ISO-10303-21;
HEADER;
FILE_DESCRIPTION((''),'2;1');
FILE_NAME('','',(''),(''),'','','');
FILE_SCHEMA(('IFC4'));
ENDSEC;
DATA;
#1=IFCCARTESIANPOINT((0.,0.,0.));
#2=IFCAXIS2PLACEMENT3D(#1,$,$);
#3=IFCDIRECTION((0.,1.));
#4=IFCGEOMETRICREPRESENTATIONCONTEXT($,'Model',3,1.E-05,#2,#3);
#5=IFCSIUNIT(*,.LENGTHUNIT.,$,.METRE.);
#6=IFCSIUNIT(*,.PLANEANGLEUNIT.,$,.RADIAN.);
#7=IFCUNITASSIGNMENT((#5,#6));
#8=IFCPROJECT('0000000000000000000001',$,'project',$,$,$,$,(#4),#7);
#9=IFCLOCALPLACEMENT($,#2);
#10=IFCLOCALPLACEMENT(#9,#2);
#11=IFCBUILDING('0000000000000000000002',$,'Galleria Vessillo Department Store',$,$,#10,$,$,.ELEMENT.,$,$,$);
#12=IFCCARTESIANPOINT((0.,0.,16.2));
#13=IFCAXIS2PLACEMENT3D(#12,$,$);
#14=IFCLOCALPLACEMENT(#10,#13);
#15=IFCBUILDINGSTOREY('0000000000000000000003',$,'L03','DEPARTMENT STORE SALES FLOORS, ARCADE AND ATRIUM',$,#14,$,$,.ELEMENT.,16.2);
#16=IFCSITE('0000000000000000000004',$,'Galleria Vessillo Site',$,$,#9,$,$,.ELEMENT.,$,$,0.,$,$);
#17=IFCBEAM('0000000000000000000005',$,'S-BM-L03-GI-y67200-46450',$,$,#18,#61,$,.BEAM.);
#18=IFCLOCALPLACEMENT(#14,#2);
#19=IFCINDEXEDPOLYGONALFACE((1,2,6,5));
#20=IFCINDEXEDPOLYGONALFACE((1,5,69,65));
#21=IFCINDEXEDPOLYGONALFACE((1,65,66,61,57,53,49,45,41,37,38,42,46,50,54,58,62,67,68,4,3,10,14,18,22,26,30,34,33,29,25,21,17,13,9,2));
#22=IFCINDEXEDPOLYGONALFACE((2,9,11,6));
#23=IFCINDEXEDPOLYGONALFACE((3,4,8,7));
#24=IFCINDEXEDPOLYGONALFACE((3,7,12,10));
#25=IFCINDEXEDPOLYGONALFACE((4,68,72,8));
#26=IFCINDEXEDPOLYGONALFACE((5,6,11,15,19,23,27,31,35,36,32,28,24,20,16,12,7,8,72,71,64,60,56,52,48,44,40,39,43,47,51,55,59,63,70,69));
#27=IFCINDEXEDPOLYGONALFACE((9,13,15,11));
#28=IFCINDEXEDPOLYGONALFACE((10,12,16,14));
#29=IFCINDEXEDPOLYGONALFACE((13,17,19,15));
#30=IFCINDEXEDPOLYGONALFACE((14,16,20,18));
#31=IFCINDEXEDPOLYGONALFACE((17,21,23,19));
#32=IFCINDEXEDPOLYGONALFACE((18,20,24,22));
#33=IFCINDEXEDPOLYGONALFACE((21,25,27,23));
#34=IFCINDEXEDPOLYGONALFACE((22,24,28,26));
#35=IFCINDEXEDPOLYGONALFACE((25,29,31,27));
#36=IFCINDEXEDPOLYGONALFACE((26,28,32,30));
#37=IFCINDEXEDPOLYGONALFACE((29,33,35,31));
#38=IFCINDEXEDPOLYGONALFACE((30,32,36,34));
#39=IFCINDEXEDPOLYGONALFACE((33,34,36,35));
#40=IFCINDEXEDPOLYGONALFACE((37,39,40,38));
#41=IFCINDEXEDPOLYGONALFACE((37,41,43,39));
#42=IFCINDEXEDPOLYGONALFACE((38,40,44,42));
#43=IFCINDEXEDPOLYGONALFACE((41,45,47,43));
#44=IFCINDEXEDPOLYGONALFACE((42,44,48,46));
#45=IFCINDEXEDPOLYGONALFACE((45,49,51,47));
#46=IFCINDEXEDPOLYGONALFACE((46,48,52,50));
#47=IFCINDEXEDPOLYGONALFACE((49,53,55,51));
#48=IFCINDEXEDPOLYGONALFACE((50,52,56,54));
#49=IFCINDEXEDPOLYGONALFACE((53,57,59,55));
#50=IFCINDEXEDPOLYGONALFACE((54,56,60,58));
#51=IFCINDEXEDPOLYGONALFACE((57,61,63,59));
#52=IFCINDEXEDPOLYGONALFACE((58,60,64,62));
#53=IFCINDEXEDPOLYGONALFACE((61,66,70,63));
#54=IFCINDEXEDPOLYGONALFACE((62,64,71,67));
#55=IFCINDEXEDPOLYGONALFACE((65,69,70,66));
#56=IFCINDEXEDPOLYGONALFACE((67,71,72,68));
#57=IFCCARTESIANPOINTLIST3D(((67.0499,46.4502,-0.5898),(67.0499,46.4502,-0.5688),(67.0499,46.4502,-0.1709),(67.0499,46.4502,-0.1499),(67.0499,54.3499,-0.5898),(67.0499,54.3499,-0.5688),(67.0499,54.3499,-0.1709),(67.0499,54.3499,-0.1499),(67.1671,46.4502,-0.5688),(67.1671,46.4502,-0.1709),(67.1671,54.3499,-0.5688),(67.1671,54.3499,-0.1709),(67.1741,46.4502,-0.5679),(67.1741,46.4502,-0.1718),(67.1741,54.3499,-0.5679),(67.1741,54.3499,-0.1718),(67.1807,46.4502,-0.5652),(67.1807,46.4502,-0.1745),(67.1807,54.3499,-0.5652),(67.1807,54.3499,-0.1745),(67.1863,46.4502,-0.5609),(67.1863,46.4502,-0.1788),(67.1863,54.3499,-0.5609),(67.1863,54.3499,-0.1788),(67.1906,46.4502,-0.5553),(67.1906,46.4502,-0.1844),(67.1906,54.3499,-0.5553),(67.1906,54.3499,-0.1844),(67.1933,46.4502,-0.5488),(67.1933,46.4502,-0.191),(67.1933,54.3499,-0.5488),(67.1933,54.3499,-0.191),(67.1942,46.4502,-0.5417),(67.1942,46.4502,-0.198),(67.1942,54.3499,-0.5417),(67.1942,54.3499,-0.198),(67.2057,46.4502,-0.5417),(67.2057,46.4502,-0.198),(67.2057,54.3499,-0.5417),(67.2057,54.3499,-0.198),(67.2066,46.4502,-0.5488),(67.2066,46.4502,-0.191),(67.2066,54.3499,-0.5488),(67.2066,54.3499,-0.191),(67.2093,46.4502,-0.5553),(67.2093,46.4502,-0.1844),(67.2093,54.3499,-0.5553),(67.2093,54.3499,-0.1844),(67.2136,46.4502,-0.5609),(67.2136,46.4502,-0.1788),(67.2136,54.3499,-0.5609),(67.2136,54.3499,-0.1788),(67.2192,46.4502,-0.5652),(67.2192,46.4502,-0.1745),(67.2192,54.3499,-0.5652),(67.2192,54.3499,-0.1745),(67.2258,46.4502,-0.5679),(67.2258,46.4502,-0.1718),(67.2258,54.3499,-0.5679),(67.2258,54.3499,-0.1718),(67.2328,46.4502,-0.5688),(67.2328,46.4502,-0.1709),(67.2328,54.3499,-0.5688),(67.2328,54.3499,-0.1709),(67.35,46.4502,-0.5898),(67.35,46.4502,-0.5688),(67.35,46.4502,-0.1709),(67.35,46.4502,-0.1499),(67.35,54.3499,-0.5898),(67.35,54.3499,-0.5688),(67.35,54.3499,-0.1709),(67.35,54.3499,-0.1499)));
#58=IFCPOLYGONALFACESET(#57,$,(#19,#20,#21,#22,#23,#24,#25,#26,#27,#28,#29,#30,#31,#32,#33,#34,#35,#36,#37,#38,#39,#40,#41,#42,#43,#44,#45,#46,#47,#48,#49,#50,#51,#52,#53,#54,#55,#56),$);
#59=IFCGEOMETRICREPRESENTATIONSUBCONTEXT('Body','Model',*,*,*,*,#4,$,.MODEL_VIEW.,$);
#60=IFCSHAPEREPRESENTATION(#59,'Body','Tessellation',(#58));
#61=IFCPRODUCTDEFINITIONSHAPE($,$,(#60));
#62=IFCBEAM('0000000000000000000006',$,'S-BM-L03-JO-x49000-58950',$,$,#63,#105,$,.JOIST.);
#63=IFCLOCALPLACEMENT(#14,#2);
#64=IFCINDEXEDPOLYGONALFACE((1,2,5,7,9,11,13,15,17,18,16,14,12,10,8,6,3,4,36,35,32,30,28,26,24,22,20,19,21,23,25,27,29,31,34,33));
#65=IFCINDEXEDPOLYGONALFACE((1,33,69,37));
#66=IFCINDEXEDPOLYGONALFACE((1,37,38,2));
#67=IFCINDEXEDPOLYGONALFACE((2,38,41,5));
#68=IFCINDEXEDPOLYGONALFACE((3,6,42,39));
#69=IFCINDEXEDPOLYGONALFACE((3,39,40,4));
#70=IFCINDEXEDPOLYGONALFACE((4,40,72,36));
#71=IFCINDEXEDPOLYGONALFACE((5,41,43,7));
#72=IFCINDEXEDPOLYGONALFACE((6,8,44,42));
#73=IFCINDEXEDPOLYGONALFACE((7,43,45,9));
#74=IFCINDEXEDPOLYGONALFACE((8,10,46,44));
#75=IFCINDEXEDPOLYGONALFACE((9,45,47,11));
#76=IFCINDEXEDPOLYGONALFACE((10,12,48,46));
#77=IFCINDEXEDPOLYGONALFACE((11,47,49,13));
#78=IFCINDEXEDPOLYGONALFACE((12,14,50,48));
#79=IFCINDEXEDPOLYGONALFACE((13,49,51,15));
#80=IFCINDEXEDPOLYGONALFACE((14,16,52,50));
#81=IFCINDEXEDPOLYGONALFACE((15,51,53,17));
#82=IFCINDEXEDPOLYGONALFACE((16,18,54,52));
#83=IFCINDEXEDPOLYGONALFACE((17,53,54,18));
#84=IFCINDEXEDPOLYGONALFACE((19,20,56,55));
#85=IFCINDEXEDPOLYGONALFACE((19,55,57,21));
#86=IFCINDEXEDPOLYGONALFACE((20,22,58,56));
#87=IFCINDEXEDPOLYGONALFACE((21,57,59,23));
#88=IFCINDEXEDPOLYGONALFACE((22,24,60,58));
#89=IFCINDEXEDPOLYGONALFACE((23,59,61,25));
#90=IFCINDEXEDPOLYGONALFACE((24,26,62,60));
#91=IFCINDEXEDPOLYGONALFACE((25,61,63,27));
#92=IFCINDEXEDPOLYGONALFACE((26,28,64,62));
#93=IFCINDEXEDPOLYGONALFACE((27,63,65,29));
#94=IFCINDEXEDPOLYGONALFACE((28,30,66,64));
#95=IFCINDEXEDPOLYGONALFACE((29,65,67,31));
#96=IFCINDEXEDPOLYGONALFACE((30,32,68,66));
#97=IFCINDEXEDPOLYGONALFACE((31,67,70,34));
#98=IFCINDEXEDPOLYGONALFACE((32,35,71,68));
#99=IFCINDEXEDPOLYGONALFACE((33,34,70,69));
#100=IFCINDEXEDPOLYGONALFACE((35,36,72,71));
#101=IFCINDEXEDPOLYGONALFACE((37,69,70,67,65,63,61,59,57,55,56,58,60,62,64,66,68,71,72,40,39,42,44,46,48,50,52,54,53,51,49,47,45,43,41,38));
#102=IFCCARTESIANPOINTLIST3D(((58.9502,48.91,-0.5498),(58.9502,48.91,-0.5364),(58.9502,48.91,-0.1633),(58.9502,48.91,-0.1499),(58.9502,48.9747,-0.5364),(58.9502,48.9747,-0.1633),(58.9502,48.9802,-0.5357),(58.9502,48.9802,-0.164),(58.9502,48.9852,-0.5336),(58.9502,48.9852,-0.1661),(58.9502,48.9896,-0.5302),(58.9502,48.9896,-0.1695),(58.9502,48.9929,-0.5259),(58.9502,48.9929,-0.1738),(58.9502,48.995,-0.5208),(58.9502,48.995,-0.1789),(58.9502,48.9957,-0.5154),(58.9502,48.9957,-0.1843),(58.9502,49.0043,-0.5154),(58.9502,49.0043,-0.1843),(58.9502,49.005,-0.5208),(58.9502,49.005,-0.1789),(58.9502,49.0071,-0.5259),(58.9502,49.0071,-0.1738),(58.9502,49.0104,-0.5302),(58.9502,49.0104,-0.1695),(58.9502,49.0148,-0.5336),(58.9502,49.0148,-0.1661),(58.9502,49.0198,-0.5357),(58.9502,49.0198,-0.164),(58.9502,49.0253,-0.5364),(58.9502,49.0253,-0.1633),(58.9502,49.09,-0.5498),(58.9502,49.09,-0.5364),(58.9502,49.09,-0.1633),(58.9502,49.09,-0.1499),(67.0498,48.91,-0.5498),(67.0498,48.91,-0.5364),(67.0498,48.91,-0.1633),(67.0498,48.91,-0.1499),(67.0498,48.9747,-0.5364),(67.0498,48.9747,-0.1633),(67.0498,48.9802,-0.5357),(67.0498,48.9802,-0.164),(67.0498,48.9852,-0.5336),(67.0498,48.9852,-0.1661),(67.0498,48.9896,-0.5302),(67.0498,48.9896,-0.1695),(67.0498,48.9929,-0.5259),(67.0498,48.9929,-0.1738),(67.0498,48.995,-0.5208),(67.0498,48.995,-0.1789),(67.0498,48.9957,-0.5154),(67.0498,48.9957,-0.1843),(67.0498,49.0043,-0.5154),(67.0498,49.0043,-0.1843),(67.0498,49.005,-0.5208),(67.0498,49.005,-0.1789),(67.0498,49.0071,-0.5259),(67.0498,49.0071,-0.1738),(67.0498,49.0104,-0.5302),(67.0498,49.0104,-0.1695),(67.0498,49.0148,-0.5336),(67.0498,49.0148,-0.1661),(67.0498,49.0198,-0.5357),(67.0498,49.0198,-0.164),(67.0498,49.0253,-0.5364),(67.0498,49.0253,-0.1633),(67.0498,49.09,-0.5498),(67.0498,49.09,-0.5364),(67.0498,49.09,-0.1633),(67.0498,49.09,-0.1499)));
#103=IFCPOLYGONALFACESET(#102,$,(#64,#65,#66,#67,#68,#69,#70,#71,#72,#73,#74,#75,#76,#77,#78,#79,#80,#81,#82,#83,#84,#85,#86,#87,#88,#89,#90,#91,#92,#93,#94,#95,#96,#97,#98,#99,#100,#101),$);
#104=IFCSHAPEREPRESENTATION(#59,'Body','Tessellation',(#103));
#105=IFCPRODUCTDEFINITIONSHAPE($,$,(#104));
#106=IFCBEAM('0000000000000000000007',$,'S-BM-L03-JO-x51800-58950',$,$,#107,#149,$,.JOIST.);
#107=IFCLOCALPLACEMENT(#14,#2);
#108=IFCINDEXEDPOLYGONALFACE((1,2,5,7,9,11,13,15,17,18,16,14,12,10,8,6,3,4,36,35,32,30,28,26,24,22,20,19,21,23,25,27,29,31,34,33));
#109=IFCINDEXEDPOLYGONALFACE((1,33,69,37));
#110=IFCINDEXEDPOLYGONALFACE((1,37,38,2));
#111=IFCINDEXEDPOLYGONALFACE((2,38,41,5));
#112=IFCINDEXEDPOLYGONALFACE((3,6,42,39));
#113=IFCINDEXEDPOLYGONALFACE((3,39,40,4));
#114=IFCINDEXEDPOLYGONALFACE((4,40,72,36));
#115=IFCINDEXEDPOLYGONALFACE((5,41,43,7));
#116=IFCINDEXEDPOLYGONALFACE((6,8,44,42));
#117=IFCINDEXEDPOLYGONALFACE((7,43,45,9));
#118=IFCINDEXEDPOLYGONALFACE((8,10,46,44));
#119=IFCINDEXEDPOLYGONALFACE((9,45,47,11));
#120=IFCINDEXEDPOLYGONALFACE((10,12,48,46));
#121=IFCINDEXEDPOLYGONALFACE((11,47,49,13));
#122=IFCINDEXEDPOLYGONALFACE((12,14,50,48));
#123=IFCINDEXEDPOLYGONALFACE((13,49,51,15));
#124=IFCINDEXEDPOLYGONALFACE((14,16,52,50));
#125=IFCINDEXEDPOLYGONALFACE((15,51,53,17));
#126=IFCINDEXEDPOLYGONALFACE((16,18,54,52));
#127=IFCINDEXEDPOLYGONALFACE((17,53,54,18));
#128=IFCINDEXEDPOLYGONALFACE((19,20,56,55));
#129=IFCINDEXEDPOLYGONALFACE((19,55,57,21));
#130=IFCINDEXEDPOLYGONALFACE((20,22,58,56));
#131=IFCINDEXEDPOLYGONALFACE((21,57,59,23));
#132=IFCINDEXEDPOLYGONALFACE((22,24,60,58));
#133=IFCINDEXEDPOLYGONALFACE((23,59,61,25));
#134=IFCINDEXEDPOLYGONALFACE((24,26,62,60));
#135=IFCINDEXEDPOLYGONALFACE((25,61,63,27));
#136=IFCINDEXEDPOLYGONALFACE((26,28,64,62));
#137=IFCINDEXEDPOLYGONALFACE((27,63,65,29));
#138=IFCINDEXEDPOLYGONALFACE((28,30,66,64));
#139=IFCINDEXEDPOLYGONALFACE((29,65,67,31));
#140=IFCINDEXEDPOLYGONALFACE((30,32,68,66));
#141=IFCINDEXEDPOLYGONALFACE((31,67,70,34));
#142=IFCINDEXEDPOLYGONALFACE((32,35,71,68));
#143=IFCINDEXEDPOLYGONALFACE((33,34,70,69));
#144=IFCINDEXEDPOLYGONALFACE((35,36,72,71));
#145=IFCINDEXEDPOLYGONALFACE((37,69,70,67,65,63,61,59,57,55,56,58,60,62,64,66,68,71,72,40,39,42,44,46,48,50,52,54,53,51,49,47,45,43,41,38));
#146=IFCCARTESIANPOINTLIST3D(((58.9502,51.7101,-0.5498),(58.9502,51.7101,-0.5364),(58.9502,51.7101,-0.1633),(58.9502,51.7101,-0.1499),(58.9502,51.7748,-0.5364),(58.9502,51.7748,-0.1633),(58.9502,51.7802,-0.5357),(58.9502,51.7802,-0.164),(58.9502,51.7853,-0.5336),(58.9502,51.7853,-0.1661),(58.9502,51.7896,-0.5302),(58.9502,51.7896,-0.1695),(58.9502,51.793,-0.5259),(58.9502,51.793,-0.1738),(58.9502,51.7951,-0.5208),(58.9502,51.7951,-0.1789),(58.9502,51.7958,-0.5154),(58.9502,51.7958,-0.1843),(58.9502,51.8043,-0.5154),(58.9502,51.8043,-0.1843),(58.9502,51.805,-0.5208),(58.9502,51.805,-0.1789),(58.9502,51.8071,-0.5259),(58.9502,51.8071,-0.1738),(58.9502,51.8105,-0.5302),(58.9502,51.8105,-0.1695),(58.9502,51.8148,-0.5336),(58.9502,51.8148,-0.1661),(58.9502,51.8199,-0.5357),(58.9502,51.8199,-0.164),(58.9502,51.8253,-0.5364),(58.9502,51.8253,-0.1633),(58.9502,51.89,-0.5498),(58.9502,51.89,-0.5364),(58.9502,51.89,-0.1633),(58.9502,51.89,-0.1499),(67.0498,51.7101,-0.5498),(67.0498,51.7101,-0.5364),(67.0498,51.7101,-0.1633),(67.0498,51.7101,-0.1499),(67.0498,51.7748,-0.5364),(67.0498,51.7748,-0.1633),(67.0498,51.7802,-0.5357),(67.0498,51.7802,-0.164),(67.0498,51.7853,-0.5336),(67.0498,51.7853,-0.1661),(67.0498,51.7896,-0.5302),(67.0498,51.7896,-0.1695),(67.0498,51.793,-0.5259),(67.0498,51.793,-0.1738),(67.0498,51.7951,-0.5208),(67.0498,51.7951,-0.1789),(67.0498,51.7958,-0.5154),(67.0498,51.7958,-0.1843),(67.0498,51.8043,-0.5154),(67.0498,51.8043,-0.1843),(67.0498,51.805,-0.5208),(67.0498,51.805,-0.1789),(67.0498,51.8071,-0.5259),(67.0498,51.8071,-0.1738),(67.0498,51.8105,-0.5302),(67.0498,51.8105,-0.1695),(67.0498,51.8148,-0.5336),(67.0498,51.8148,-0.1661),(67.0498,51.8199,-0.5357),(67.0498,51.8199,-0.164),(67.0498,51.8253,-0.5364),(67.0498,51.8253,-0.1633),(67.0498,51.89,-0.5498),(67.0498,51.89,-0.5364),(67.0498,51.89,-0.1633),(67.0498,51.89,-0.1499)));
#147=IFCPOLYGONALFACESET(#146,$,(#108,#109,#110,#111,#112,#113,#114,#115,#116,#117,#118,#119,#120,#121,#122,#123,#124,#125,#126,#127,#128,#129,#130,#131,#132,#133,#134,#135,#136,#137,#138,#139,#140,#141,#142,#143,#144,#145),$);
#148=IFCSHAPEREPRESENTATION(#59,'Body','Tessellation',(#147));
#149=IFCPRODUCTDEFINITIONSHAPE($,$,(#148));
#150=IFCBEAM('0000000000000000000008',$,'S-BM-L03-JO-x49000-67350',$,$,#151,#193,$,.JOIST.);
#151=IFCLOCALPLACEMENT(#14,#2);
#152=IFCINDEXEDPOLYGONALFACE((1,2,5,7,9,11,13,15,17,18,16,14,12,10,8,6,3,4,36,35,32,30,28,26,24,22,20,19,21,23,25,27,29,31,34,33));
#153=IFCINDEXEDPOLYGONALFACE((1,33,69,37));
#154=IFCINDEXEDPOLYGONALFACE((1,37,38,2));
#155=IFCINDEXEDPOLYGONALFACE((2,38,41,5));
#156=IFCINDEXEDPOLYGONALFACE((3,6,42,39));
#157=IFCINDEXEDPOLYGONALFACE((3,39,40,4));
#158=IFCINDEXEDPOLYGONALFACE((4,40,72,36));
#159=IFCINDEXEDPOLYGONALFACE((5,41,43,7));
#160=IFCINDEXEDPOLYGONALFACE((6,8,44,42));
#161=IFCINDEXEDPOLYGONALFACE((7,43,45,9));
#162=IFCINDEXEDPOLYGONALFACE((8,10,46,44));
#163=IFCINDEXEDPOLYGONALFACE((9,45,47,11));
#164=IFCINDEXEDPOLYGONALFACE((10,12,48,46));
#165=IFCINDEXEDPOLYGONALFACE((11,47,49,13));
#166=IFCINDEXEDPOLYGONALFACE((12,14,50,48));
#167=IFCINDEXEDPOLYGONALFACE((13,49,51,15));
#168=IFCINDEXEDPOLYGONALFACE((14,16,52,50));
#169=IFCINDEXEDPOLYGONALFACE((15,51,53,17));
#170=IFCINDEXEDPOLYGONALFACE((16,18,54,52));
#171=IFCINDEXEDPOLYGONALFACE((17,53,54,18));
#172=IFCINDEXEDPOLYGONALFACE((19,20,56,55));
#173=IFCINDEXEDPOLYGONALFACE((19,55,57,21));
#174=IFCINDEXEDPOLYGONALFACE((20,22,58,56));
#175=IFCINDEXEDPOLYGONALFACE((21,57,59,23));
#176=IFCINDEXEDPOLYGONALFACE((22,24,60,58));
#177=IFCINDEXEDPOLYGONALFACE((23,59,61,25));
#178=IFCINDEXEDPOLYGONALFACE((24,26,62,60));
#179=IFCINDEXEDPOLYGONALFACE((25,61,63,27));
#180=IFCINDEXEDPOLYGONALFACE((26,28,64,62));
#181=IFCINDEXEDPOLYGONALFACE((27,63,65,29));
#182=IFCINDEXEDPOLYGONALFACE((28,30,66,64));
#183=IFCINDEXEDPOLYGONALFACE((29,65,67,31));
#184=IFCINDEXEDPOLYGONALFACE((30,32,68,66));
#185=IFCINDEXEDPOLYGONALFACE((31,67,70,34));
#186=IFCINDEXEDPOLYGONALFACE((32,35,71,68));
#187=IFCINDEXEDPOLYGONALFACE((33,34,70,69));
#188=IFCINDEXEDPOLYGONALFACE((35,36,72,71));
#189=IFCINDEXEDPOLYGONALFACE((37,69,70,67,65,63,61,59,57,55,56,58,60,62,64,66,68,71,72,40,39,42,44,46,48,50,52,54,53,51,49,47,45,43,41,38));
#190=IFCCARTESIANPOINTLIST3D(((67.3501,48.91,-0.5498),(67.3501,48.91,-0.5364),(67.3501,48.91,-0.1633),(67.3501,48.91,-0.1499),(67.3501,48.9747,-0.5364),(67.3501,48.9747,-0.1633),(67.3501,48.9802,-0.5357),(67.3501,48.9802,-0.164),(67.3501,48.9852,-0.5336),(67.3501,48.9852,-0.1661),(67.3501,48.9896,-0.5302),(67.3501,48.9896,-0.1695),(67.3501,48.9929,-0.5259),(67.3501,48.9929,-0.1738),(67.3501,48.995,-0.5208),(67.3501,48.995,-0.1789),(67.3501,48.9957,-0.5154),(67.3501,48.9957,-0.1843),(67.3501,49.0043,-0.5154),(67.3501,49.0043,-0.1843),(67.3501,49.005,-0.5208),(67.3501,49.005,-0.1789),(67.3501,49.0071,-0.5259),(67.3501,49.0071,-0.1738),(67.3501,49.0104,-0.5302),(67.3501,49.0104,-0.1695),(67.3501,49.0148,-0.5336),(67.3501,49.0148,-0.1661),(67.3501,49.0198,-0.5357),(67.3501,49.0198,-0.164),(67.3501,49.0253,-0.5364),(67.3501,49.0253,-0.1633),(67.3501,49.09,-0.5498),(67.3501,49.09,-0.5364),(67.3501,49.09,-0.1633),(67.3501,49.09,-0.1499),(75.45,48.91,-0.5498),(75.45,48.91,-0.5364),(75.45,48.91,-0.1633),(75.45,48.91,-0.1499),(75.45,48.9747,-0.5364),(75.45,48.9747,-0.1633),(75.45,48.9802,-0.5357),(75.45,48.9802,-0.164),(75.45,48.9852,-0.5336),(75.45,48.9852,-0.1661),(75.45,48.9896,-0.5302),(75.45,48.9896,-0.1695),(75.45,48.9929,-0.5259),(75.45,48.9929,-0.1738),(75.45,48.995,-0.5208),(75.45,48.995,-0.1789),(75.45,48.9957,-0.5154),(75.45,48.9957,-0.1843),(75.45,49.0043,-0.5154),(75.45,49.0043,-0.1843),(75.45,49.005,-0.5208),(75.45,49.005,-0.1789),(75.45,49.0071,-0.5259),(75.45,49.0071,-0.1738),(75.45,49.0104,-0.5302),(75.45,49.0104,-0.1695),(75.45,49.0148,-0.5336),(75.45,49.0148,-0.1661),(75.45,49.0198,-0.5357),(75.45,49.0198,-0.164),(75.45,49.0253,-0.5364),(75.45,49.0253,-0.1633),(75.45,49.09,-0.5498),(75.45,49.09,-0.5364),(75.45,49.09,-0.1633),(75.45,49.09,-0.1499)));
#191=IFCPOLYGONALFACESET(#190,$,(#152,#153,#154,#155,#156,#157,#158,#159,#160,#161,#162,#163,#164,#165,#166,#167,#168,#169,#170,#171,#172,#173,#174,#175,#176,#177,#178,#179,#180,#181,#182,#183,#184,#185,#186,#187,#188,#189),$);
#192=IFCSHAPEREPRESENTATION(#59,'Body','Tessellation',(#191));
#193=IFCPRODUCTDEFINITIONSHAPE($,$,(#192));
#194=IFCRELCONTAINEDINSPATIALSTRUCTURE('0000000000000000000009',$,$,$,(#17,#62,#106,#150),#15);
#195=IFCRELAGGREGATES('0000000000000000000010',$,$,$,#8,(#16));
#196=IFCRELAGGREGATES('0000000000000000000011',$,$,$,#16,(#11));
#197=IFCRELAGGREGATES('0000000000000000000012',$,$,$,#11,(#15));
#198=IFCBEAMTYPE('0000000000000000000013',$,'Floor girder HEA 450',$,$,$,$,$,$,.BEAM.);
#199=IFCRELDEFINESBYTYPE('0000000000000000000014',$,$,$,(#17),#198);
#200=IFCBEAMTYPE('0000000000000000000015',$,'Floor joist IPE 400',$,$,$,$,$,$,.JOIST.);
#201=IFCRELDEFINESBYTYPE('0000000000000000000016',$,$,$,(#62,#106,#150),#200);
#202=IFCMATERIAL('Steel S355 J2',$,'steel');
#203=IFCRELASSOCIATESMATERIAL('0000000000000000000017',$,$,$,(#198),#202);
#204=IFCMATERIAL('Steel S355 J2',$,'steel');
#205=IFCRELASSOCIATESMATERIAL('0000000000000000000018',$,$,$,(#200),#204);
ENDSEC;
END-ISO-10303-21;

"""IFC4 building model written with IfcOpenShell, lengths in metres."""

from ifc_helpers import new_model, si_unit, direction, frame, origin, origin_2d, place, context, subcontext, project, spatial, i_section, extrude, material, material_profile, profile_set, type_object, element, save


model = new_model("IFC4")

# Units and contexts
model_context = context("Model", 3, precision=1e-05, world=origin(), true_north=direction((0.0, 1.0)))
body_context = subcontext(model_context, "Body", "Model", "MODEL_VIEW")
ifc_project = project(units=[si_unit("LENGTHUNIT", "METRE"), si_unit("PLANEANGLEUNIT", "RADIAN")], contexts=[model_context])

# Site, building, storey
site_placement = place(None, origin())
site = spatial("IfcSite", under=ifc_project, at=site_placement, Name="Galleria Vessillo Site", CompositionType="ELEMENT", RefElevation=0.0)
building_placement = place(site_placement, origin())
building = spatial("IfcBuilding", under=site, at=building_placement, Name="Galleria Vessillo Department Store", CompositionType="ELEMENT")
storey_placement = place(building_placement, frame((0.0, 0.0, 16.2)))
storey = spatial("IfcBuildingStorey", under=building, at=storey_placement, Name="L03", Description="DEPARTMENT STORE SALES FLOORS, ARCADE AND ATRIUM", CompositionType="ELEMENT", Elevation=16.2)

# Beams
ifc_material_1 = material(Name="Steel S355 J2", Category="steel")
ifc_material_profile_1 = material_profile(ifc_material_1, i_section(OverallWidth=0.3, OverallDepth=0.4399, WebThickness=0.0115, FlangeThickness=0.021, FilletRadius=0.0271, at=origin_2d()), Name="HEA 450")
ifc_profile_set_1 = profile_set([ifc_material_profile_1], Name="Steel S355 J2")
beam_type_1 = type_object("IfcBeamType", Name="Floor girder HEA 450", PredefinedType="BEAM", material=ifc_profile_set_1)
for number, where, z_axis, x_axis, name in (
    (1, (67.2, 46.4502, -0.3699), (0.0, 1.0, 0.0), (-1.0, 0.0, 0.0), "S-BM-L03-GI-y67200-46450"),
):
    element("IfcBeam", number, at=place(storey_placement, frame(where, z_axis=z_axis, x_axis=x_axis)), inside=storey, type_object=beam_type_1, Name=name, PredefinedType="BEAM", context=body_context, shape_type="SweptSolid", body=[
        extrude(i_section(OverallWidth=0.3, OverallDepth=0.4399, WebThickness=0.0115, FlangeThickness=0.021, FilletRadius=0.0271, at=origin_2d()), origin(), (0.0, 0.0, 1.0), 7.8997),
    ])
ifc_material_2 = material(Name="Steel S355 J2", Category="steel")
ifc_material_profile_2 = material_profile(ifc_material_2, i_section(OverallWidth=0.1799, OverallDepth=0.3999, WebThickness=0.0085, FlangeThickness=0.0134, FilletRadius=0.021, at=origin_2d()), Name="IPE 400")
ifc_profile_set_2 = profile_set([ifc_material_profile_2], Name="Steel S355 J2")
beam_type_2 = type_object("IfcBeamType", Name="Floor joist IPE 400", PredefinedType="JOIST", material=ifc_profile_set_2)
for number, where, z_axis, x_axis, name in (
    (2, (58.9502, 49.0, -0.3499), (1.0, 0.0, 0.0), (0.0, 1.0, 0.0), "S-BM-L03-JO-x49000-58950"),
    (3, (58.9502, 51.8, -0.3499), (1.0, 0.0, 0.0), (0.0, 1.0, 0.0), "S-BM-L03-JO-x51800-58950"),
):
    element("IfcBeam", number, at=place(storey_placement, frame(where, z_axis=z_axis, x_axis=x_axis)), inside=storey, type_object=beam_type_2, Name=name, PredefinedType="JOIST", context=body_context, shape_type="SweptSolid", body=[
        extrude(i_section(OverallWidth=0.1799, OverallDepth=0.3999, WebThickness=0.0085, FlangeThickness=0.0134, FilletRadius=0.021, at=origin_2d()), origin(), (0.0, 0.0, 1.0), 8.0996),
    ])
for number, where, z_axis, x_axis, name in (
    (4, (67.3501, 49.0, -0.3499), (1.0, 0.0, 0.0), (0.0, 1.0, 0.0), "S-BM-L03-JO-x49000-67350"),
):
    element("IfcBeam", number, at=place(storey_placement, frame(where, z_axis=z_axis, x_axis=x_axis)), inside=storey, type_object=beam_type_2, Name=name, PredefinedType="JOIST", context=body_context, shape_type="SweptSolid", body=[
        extrude(i_section(OverallWidth=0.1799, OverallDepth=0.3999, WebThickness=0.0085, FlangeThickness=0.0134, FilletRadius=0.021, at=origin_2d()), origin(), (0.0, 0.0, 1.0), 8.0999),
    ])

save(model, "model.ifc")
